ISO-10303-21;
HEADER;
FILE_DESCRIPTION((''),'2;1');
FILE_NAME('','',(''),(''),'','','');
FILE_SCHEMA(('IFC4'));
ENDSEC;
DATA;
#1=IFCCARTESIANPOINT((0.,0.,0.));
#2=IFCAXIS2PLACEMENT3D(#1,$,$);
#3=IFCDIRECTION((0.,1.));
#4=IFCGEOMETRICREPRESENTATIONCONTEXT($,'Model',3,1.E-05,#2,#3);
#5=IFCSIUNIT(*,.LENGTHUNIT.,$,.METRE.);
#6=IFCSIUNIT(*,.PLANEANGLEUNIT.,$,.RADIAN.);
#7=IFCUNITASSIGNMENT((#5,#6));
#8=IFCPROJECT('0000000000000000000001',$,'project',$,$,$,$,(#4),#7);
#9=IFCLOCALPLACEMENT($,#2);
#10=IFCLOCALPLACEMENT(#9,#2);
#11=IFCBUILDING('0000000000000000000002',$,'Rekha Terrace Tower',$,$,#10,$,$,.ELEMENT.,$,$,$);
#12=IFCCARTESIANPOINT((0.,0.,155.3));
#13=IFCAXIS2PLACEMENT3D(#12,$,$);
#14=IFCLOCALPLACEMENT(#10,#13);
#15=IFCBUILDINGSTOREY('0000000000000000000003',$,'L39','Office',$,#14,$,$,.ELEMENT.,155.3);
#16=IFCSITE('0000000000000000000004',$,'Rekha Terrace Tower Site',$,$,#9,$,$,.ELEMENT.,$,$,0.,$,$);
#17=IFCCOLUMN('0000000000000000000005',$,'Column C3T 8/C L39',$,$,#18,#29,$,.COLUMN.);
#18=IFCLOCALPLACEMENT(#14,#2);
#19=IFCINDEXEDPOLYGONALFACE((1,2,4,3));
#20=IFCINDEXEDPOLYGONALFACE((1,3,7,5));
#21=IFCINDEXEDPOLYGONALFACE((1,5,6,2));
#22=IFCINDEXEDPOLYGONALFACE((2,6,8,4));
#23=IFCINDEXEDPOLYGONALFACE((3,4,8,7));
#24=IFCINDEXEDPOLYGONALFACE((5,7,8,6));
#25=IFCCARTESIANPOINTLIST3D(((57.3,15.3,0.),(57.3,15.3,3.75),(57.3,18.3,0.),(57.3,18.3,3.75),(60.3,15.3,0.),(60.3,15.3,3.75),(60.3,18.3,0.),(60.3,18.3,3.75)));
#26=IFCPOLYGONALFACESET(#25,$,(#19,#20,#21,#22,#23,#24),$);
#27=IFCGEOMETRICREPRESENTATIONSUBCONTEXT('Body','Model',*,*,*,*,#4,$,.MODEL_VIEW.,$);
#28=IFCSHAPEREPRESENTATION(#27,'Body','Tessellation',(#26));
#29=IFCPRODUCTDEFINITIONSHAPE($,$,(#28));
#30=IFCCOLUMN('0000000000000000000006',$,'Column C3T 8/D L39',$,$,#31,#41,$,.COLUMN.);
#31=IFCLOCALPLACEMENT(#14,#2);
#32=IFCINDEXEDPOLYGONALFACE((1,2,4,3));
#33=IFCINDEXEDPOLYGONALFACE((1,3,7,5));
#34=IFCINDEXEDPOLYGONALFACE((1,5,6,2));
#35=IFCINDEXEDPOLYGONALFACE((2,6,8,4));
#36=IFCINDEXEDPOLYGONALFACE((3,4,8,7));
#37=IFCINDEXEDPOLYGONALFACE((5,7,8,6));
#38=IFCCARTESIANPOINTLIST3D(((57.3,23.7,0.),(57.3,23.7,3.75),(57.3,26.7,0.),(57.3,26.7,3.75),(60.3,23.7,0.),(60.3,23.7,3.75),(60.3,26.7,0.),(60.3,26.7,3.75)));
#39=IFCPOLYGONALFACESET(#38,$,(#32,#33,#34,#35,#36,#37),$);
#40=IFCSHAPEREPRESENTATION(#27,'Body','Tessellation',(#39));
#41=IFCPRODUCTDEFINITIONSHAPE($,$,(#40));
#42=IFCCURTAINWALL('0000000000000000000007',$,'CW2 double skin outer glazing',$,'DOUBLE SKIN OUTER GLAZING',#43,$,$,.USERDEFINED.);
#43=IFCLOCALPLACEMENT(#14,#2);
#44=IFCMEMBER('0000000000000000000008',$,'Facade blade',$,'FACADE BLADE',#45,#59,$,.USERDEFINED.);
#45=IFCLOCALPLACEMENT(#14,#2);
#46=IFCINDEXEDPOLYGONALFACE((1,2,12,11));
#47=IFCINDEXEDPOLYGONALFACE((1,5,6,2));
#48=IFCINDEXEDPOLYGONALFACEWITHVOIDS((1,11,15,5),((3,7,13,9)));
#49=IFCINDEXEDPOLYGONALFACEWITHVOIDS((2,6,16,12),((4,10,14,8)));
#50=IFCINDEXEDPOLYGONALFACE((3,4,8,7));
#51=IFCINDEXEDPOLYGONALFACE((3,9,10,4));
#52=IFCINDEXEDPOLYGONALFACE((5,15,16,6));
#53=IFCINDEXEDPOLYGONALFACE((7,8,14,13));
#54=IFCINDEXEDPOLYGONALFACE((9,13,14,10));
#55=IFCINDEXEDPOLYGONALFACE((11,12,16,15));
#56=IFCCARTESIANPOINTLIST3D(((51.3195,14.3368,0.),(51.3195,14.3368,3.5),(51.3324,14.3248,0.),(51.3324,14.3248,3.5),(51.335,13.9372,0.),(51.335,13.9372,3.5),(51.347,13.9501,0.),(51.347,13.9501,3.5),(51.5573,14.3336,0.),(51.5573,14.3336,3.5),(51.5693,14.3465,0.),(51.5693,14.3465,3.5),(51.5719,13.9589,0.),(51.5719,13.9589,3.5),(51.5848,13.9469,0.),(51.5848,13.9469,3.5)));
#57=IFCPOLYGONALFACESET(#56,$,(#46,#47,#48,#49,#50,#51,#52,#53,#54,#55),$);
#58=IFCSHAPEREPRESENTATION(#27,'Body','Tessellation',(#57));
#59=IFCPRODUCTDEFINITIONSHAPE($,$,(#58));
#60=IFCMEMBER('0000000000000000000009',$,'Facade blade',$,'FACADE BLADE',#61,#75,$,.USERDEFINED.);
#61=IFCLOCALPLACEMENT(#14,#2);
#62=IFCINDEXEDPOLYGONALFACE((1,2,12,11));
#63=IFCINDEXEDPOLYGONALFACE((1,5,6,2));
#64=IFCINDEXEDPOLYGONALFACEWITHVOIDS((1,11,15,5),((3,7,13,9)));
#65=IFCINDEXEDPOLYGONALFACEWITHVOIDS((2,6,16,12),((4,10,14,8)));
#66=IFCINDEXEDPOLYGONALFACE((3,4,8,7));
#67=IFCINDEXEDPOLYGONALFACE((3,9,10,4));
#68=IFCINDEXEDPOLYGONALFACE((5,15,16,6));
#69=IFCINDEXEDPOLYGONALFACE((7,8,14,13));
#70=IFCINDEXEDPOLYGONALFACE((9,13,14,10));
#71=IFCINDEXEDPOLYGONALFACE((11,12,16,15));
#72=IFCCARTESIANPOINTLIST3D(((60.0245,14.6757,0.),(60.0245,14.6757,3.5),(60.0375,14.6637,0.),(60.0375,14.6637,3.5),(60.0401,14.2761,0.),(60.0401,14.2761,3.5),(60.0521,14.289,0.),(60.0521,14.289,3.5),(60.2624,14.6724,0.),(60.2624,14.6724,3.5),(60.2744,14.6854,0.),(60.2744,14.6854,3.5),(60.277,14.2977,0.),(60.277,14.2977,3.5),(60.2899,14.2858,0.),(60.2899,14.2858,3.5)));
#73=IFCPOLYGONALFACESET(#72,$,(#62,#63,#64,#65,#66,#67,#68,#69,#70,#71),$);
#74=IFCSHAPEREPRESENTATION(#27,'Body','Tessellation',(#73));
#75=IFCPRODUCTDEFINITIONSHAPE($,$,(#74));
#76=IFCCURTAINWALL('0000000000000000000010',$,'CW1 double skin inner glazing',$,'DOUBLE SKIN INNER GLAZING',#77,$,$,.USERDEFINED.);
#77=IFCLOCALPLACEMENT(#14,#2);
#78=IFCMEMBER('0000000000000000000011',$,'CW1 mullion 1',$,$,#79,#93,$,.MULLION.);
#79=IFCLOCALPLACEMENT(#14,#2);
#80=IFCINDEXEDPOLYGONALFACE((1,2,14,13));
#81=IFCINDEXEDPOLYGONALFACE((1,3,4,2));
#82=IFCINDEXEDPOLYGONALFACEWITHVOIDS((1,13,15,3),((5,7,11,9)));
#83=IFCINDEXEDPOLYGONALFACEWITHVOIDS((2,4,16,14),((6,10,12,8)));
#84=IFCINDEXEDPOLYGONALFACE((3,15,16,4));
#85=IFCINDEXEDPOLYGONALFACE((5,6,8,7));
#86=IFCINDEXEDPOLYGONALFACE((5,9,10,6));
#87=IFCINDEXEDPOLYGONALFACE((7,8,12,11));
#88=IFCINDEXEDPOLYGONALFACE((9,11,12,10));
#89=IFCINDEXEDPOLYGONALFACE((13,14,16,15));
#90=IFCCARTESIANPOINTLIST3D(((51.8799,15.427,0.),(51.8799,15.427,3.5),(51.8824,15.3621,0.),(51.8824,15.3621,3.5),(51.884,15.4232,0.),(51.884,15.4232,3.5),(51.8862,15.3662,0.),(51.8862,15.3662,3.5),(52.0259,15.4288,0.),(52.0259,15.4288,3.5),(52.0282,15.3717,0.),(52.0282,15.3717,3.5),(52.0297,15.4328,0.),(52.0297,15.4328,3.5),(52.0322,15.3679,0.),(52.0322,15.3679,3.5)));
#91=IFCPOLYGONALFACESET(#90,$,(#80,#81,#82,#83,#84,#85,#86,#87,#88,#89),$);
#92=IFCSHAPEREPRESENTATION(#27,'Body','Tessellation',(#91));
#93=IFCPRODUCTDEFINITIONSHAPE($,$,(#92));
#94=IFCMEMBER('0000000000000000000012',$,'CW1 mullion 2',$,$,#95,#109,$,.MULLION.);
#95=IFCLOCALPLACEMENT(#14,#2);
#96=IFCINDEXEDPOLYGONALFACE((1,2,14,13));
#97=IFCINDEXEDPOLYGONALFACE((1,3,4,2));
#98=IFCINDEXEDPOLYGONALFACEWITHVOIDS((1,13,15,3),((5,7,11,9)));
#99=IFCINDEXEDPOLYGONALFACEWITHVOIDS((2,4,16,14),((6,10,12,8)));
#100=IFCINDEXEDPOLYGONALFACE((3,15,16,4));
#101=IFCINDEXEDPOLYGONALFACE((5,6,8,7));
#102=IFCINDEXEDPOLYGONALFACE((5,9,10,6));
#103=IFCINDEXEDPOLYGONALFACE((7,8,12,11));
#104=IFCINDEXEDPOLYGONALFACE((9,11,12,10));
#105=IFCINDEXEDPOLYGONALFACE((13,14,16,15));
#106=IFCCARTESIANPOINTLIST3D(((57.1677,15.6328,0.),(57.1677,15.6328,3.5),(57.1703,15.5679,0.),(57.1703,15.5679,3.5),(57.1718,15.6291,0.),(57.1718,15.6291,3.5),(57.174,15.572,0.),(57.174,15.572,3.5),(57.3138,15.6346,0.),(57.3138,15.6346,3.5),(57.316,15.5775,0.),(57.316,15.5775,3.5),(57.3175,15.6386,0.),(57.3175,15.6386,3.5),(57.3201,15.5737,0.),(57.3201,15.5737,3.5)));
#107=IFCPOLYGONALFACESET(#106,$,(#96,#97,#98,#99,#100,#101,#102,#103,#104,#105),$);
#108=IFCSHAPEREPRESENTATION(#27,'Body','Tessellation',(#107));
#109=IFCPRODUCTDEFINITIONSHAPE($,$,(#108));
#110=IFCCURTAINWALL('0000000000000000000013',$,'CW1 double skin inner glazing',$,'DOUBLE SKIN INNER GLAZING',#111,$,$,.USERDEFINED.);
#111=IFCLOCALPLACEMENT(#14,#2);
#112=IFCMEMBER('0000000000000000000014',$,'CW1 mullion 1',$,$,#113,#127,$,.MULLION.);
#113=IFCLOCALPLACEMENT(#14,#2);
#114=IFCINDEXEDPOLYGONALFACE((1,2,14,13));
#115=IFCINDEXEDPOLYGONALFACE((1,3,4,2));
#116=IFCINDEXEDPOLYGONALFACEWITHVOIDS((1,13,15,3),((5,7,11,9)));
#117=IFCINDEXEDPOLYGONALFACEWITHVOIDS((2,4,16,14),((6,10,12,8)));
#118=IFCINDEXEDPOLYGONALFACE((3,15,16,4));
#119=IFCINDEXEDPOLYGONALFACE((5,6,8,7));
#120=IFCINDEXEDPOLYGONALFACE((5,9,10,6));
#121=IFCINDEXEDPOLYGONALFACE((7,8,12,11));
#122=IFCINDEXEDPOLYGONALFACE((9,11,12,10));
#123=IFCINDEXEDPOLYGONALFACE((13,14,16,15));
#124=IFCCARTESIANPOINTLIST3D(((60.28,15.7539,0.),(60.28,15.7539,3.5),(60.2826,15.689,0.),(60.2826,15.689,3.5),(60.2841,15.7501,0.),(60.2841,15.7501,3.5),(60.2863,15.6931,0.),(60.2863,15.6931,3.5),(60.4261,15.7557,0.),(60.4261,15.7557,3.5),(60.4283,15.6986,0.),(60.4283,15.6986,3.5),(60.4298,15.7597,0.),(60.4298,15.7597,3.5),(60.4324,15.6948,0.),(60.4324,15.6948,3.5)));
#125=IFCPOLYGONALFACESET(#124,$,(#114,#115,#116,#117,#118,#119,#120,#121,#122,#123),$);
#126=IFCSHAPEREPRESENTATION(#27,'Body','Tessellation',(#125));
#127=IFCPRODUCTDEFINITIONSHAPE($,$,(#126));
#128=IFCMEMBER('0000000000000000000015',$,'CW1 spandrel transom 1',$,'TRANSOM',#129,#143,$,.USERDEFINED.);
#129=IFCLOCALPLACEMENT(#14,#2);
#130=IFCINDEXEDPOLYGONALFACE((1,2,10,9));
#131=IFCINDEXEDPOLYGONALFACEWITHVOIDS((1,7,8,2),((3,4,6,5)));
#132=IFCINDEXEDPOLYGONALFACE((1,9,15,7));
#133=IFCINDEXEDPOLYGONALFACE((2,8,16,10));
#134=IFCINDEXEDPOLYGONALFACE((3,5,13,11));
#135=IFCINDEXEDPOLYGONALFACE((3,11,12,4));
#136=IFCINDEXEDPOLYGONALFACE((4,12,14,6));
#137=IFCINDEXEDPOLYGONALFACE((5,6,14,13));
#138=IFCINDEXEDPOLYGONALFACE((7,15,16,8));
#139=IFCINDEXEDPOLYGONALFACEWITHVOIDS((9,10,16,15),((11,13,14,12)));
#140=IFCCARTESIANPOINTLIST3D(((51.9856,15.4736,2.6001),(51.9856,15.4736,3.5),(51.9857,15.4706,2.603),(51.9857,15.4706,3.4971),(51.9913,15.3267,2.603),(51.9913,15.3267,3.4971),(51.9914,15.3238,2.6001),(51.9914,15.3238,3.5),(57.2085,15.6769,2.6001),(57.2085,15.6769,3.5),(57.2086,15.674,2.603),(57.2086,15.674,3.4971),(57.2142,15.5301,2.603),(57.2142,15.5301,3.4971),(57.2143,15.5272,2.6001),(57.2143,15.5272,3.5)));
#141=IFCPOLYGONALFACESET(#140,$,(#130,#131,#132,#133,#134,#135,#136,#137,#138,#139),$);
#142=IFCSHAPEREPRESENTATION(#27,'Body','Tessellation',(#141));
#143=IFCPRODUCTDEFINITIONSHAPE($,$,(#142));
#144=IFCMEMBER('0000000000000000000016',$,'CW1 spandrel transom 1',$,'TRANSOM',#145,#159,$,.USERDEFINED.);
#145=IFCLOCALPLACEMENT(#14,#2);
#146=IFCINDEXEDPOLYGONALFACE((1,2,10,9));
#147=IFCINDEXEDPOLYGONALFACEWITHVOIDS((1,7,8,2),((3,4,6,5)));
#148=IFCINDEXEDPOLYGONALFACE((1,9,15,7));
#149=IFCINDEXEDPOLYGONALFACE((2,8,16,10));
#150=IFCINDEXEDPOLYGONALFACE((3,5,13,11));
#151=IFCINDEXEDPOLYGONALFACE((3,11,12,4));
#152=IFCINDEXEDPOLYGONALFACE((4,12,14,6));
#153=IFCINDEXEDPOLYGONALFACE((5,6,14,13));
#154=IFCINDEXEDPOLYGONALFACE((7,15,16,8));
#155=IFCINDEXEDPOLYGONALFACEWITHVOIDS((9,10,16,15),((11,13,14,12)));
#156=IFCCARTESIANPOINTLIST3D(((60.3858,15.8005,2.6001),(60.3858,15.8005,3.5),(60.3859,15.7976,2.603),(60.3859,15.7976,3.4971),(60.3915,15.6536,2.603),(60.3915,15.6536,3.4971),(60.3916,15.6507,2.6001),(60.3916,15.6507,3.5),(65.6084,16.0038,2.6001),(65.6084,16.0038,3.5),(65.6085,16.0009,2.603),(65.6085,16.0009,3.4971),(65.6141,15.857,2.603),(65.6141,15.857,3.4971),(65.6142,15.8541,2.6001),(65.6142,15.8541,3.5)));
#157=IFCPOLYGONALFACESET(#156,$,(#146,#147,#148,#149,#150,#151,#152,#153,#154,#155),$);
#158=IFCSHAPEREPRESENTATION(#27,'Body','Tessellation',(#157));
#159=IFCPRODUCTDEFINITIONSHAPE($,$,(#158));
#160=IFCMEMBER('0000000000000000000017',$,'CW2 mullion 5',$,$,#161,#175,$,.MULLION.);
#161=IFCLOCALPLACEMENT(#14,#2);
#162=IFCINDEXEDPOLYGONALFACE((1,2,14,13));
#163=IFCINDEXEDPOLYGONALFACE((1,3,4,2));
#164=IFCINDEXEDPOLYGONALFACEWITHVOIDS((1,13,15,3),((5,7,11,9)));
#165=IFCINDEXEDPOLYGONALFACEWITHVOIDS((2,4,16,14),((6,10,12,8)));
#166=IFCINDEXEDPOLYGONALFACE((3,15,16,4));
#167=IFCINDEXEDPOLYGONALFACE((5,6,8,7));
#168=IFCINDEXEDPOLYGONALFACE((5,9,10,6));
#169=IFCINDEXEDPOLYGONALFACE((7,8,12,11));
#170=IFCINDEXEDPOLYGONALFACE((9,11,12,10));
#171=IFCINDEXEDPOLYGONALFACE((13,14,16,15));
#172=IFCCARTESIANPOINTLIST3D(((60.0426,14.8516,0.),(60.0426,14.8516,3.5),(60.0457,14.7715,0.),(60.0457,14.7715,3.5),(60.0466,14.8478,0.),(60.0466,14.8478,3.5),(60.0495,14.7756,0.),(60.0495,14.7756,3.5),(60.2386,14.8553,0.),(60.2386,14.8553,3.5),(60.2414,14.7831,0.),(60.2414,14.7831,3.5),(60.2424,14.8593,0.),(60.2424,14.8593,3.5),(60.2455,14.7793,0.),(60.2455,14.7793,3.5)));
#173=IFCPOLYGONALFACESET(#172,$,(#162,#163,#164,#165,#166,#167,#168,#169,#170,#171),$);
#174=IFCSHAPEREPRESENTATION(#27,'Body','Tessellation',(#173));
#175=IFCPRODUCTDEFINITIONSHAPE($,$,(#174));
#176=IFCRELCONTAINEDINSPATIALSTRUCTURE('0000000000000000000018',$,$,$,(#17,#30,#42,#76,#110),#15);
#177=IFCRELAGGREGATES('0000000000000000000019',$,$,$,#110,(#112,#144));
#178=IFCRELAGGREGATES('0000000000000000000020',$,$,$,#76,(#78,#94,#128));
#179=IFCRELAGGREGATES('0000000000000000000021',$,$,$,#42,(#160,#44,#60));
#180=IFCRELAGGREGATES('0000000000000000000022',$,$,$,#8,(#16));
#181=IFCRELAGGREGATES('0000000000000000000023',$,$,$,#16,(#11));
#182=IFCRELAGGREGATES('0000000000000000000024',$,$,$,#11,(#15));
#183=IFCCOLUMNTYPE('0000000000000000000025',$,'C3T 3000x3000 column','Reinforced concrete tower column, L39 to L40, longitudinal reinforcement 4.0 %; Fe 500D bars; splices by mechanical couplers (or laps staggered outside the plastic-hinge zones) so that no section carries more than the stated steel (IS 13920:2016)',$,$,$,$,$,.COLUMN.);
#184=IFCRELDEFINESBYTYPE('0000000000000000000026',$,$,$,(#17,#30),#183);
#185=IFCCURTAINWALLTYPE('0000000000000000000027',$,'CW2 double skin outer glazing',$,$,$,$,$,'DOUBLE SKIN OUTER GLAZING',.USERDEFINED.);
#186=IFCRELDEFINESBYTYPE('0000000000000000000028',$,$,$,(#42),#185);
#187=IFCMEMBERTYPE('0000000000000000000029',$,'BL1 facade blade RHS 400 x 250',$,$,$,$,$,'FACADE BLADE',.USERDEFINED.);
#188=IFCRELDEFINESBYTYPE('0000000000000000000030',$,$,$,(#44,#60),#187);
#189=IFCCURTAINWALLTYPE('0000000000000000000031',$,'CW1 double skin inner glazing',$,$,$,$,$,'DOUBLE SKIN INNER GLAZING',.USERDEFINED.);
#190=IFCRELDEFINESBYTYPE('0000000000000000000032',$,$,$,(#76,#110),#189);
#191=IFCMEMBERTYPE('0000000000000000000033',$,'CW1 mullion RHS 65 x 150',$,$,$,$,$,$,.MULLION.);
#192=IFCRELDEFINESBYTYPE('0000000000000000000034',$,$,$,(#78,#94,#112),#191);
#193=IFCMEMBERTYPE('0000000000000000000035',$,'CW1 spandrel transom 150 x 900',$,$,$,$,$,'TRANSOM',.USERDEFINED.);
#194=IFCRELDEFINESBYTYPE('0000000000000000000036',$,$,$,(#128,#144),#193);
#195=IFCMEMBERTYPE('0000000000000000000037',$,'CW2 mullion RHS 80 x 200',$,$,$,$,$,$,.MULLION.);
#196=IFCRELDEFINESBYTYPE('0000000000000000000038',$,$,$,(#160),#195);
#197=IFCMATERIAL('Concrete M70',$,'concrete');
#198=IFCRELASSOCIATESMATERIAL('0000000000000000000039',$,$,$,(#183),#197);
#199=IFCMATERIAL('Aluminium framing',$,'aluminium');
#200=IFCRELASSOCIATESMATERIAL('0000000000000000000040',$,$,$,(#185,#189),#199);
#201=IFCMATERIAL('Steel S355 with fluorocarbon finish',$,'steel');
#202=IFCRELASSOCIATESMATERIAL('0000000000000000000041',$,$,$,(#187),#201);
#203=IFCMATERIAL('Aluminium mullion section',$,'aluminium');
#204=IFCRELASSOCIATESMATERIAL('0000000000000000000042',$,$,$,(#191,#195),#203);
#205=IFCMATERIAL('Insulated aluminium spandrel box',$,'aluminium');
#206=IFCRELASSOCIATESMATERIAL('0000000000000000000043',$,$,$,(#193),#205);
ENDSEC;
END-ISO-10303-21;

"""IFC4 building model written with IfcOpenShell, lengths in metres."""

from ifc_helpers import new_model, si_unit, direction, frame, origin, origin_2d, place, context, subcontext, project, spatial, rectangle, hollow_rectangle, extrude, material, material_profile, profile_set, type_object, element, aggregate, save


model = new_model("IFC4")

# Units and contexts
model_context = context("Model", 3, precision=1e-05, world=origin(), true_north=direction((0.0, 1.0)))
body_context = subcontext(model_context, "Body", "Model", "MODEL_VIEW")
ifc_project = project(units=[si_unit("LENGTHUNIT", "METRE"), si_unit("PLANEANGLEUNIT", "RADIAN")], contexts=[model_context])

# Site, building, storey
site_placement = place(None, origin())
site = spatial("IfcSite", under=ifc_project, at=site_placement, Name="Rekha Terrace Tower Site", CompositionType="ELEMENT", RefElevation=0.0)
building_placement = place(site_placement, origin())
building = spatial("IfcBuilding", under=site, at=building_placement, Name="Rekha Terrace Tower", CompositionType="ELEMENT")
storey_placement = place(building_placement, frame((0.0, 0.0, 155.3)))
storey = spatial("IfcBuildingStorey", under=building, at=storey_placement, Name="L39", Description="Office", CompositionType="ELEMENT", Elevation=155.3)

# Columns
ifc_material_1 = material(Name="Concrete M70", Category="concrete")
ifc_material_profile_1 = material_profile(ifc_material_1, rectangle(XDim=3.0, YDim=3.0, at=origin_2d()), Name="RC 3000x3000")
ifc_profile_set_1 = profile_set([ifc_material_profile_1], Name="Concrete M70")
column_type = type_object("IfcColumnType", Name="C3T 3000x3000 column", Description="Reinforced concrete tower column, L39 to L40, longitudinal reinforcement 4.0 %; Fe 500D bars; splices by mechanical couplers (or laps staggered outside the plastic-hinge zones) so that no section carries more than the stated steel (IS 13920:2016)", PredefinedType="COLUMN", material=ifc_profile_set_1)
for number, where, z_axis, x_axis, name in (
    (1, (58.8, 16.8, 0.0), (0.0, 0.0, 1.0), (1.0, 0.0, 0.0), "Column C3T 8/C L39"),
    (2, (58.8, 25.2, 0.0), (0.0, 0.0, 1.0), (1.0, 0.0, 0.0), "Column C3T 8/D L39"),
):
    element("IfcColumn", number, at=place(storey_placement, frame(where, z_axis=z_axis, x_axis=x_axis)), inside=storey, type_object=column_type, Name=name, PredefinedType="COLUMN", context=body_context, shape_type="SweptSolid", body=[
        extrude(rectangle(XDim=3.0, YDim=3.0, at=origin_2d()), origin(), (0.0, 0.0, 1.0), 3.75),
    ])

# Curtain walls, members
ifc_material_2 = material(Name="Aluminium framing", Category="aluminium")
curtain_wall_type_1 = type_object("IfcCurtainWallType", Name="CW2 double skin outer glazing", ElementType="DOUBLE SKIN OUTER GLAZING", PredefinedType="USERDEFINED", material=ifc_material_2)
curtain_wall_1_placement = place(storey_placement, origin())
curtain_wall_1 = element("IfcCurtainWall", 3, at=curtain_wall_1_placement, inside=storey, type_object=curtain_wall_type_1, Name="CW2 double skin outer glazing", ObjectType="DOUBLE SKIN OUTER GLAZING", PredefinedType="USERDEFINED")
ifc_material_3 = material(Name="Steel S355 with fluorocarbon finish", Category="steel")
ifc_material_profile_2 = material_profile(ifc_material_3, hollow_rectangle(XDim=0.25, YDim=0.3999, WallThickness=0.0125, at=origin_2d()), Name="RHS400x250x12.5")
ifc_profile_set_2 = profile_set([ifc_material_profile_2], Name="Steel S355 with fluorocarbon finish")
member_type_1 = type_object("IfcMemberType", Name="BL1 facade blade RHS 400 x 250", ElementType="FACADE BLADE", PredefinedType="USERDEFINED", material=ifc_profile_set_2)
member_1_placement = place(storey_placement, frame((51.4521, 14.1418, 0.0), z_axis=(0.0, 0.0, 1.0), x_axis=(0.999243, 0.03889, 0.0)))
member_1 = element("IfcMember", 4, at=member_1_placement, type_object=member_type_1, Name="Facade blade", ObjectType="FACADE BLADE", PredefinedType="USERDEFINED", context=body_context, shape_type="SweptSolid", body=[
    extrude(hollow_rectangle(XDim=0.25, YDim=0.3999, WallThickness=0.0125, at=origin_2d()), origin(), (0.0, 0.0, 1.0), 3.5),
])
member_2_placement = place(storey_placement, frame((60.1572, 14.4807, 0.0), z_axis=(0.0, 0.0, 1.0), x_axis=(0.999243, 0.03889, 0.0)))
member_2 = element("IfcMember", 5, at=member_2_placement, type_object=member_type_1, Name="Facade blade", ObjectType="FACADE BLADE", PredefinedType="USERDEFINED", context=body_context, shape_type="SweptSolid", body=[
    extrude(hollow_rectangle(XDim=0.25, YDim=0.3999, WallThickness=0.0125, at=origin_2d()), origin(), (0.0, 0.0, 1.0), 3.5),
])
curtain_wall_type_2 = type_object("IfcCurtainWallType", Name="CW1 double skin inner glazing", ElementType="DOUBLE SKIN INNER GLAZING", PredefinedType="USERDEFINED", material=ifc_material_2)
curtain_wall_2_placement = place(storey_placement, origin())
curtain_wall_2 = element("IfcCurtainWall", 6, at=curtain_wall_2_placement, inside=storey, type_object=curtain_wall_type_2, Name="CW1 double skin inner glazing", ObjectType="DOUBLE SKIN INNER GLAZING", PredefinedType="USERDEFINED")
ifc_material_4 = material(Name="Aluminium mullion section", Category="aluminium")
ifc_material_profile_3 = material_profile(ifc_material_4, hollow_rectangle(XDim=0.0649, YDim=0.1499, WallThickness=0.0039, at=origin_2d()), Name="AL RHS 65x150")
ifc_profile_set_3 = profile_set([ifc_material_profile_3], Name="Aluminium mullion section")
member_type_2 = type_object("IfcMemberType", Name="CW1 mullion RHS 65 x 150", PredefinedType="MULLION", material=ifc_profile_set_3)
member_3_placement = place(storey_placement, frame((51.9561, 15.3975, 0.0), z_axis=(0.0, 0.0, 1.0), x_axis=(-0.03889, 0.999243, 0.0)))
member_3 = element("IfcMember", 7, at=member_3_placement, type_object=member_type_2, Name="CW1 mullion 1", PredefinedType="MULLION", context=body_context, shape_type="SweptSolid", body=[
    extrude(hollow_rectangle(XDim=0.0649, YDim=0.1499, WallThickness=0.0039, at=origin_2d()), origin(), (0.0, 0.0, 1.0), 3.5),
])
member_4_placement = place(storey_placement, frame((57.2439, 15.6033, 0.0), z_axis=(0.0, 0.0, 1.0), x_axis=(-0.03889, 0.999243, 0.0)))
member_4 = element("IfcMember", 8, at=member_4_placement, type_object=member_type_2, Name="CW1 mullion 2", PredefinedType="MULLION", context=body_context, shape_type="SweptSolid", body=[
    extrude(hollow_rectangle(XDim=0.0649, YDim=0.1499, WallThickness=0.0039, at=origin_2d()), origin(), (0.0, 0.0, 1.0), 3.5),
])

# Curtain wall, member
curtain_wall_3_placement = place(storey_placement, origin())
curtain_wall_3 = element("IfcCurtainWall", 9, at=curtain_wall_3_placement, inside=storey, type_object=curtain_wall_type_2, Name="CW1 double skin inner glazing", ObjectType="DOUBLE SKIN INNER GLAZING", PredefinedType="USERDEFINED")
member_5_placement = place(storey_placement, frame((60.3562, 15.7244, 0.0), z_axis=(0.0, 0.0, 1.0), x_axis=(-0.03889, 0.999243, 0.0)))
member_5 = element("IfcMember", 10, at=member_5_placement, type_object=member_type_2, Name="CW1 mullion 1", PredefinedType="MULLION", context=body_context, shape_type="SweptSolid", body=[
    extrude(hollow_rectangle(XDim=0.0649, YDim=0.1499, WallThickness=0.0039, at=origin_2d()), origin(), (0.0, 0.0, 1.0), 3.5),
])

# Members
ifc_material_5 = material(Name="Insulated aluminium spandrel box", Category="aluminium")
ifc_material_profile_4 = material_profile(ifc_material_5, hollow_rectangle(XDim=0.1499, YDim=0.8999, WallThickness=0.0029, at=origin_2d()), Name="AL SPANDREL BOX 150x900")
ifc_profile_set_4 = profile_set([ifc_material_profile_4], Name="Insulated aluminium spandrel box")
member_type_3 = type_object("IfcMemberType", Name="CW1 spandrel transom 150 x 900", ElementType="TRANSOM", PredefinedType="USERDEFINED", material=ifc_profile_set_4)
member_6_placement = place(storey_placement, frame((51.9885, 15.3987, 3.05), z_axis=(0.999243, 0.038908, 0.0), x_axis=(-0.038908, 0.999243, 0.0)))
member_6 = element("IfcMember", 11, at=member_6_placement, type_object=member_type_3, Name="CW1 spandrel transom 1", ObjectType="TRANSOM", PredefinedType="USERDEFINED", context=body_context, shape_type="SweptSolid", body=[
    extrude(hollow_rectangle(XDim=0.1499, YDim=0.8999, WallThickness=0.0029, at=origin_2d()), origin(), (0.0, 0.0, 1.0), 5.2268),
])
member_7_placement = place(storey_placement, frame((60.3887, 15.7256, 3.05), z_axis=(0.999243, 0.03891, 0.0), x_axis=(-0.03891, 0.999243, 0.0)))
member_7 = element("IfcMember", 12, at=member_7_placement, type_object=member_type_3, Name="CW1 spandrel transom 1", ObjectType="TRANSOM", PredefinedType="USERDEFINED", context=body_context, shape_type="SweptSolid", body=[
    extrude(hollow_rectangle(XDim=0.1499, YDim=0.8999, WallThickness=0.0029, at=origin_2d()), origin(), (0.0, 0.0, 1.0), 5.2266),
])
aggregate(curtain_wall_3, [member_5, member_7])
ifc_material_profile_5 = material_profile(ifc_material_4, hollow_rectangle(XDim=0.0801, YDim=0.2, WallThickness=0.0039, at=origin_2d()), Name="AL RHS 80x200")
ifc_profile_set_5 = profile_set([ifc_material_profile_5], Name="Aluminium mullion section")
member_type_4 = type_object("IfcMemberType", Name="CW2 mullion RHS 80 x 200", PredefinedType="MULLION", material=ifc_profile_set_5)
member_8_placement = place(storey_placement, frame((60.144, 14.8154, 0.0), z_axis=(0.0, 0.0, 1.0), x_axis=(-0.03889, 0.999243, 0.0)))
member_8 = element("IfcMember", 13, at=member_8_placement, type_object=member_type_4, Name="CW2 mullion 5", PredefinedType="MULLION", context=body_context, shape_type="SweptSolid", body=[
    extrude(hollow_rectangle(XDim=0.0801, YDim=0.2, WallThickness=0.0039, at=origin_2d()), origin(), (0.0, 0.0, 1.0), 3.5),
])

aggregate(curtain_wall_2, [member_3, member_4, member_6])
aggregate(curtain_wall_1, [member_8, member_1, member_2])

save(model, "model.ifc")
